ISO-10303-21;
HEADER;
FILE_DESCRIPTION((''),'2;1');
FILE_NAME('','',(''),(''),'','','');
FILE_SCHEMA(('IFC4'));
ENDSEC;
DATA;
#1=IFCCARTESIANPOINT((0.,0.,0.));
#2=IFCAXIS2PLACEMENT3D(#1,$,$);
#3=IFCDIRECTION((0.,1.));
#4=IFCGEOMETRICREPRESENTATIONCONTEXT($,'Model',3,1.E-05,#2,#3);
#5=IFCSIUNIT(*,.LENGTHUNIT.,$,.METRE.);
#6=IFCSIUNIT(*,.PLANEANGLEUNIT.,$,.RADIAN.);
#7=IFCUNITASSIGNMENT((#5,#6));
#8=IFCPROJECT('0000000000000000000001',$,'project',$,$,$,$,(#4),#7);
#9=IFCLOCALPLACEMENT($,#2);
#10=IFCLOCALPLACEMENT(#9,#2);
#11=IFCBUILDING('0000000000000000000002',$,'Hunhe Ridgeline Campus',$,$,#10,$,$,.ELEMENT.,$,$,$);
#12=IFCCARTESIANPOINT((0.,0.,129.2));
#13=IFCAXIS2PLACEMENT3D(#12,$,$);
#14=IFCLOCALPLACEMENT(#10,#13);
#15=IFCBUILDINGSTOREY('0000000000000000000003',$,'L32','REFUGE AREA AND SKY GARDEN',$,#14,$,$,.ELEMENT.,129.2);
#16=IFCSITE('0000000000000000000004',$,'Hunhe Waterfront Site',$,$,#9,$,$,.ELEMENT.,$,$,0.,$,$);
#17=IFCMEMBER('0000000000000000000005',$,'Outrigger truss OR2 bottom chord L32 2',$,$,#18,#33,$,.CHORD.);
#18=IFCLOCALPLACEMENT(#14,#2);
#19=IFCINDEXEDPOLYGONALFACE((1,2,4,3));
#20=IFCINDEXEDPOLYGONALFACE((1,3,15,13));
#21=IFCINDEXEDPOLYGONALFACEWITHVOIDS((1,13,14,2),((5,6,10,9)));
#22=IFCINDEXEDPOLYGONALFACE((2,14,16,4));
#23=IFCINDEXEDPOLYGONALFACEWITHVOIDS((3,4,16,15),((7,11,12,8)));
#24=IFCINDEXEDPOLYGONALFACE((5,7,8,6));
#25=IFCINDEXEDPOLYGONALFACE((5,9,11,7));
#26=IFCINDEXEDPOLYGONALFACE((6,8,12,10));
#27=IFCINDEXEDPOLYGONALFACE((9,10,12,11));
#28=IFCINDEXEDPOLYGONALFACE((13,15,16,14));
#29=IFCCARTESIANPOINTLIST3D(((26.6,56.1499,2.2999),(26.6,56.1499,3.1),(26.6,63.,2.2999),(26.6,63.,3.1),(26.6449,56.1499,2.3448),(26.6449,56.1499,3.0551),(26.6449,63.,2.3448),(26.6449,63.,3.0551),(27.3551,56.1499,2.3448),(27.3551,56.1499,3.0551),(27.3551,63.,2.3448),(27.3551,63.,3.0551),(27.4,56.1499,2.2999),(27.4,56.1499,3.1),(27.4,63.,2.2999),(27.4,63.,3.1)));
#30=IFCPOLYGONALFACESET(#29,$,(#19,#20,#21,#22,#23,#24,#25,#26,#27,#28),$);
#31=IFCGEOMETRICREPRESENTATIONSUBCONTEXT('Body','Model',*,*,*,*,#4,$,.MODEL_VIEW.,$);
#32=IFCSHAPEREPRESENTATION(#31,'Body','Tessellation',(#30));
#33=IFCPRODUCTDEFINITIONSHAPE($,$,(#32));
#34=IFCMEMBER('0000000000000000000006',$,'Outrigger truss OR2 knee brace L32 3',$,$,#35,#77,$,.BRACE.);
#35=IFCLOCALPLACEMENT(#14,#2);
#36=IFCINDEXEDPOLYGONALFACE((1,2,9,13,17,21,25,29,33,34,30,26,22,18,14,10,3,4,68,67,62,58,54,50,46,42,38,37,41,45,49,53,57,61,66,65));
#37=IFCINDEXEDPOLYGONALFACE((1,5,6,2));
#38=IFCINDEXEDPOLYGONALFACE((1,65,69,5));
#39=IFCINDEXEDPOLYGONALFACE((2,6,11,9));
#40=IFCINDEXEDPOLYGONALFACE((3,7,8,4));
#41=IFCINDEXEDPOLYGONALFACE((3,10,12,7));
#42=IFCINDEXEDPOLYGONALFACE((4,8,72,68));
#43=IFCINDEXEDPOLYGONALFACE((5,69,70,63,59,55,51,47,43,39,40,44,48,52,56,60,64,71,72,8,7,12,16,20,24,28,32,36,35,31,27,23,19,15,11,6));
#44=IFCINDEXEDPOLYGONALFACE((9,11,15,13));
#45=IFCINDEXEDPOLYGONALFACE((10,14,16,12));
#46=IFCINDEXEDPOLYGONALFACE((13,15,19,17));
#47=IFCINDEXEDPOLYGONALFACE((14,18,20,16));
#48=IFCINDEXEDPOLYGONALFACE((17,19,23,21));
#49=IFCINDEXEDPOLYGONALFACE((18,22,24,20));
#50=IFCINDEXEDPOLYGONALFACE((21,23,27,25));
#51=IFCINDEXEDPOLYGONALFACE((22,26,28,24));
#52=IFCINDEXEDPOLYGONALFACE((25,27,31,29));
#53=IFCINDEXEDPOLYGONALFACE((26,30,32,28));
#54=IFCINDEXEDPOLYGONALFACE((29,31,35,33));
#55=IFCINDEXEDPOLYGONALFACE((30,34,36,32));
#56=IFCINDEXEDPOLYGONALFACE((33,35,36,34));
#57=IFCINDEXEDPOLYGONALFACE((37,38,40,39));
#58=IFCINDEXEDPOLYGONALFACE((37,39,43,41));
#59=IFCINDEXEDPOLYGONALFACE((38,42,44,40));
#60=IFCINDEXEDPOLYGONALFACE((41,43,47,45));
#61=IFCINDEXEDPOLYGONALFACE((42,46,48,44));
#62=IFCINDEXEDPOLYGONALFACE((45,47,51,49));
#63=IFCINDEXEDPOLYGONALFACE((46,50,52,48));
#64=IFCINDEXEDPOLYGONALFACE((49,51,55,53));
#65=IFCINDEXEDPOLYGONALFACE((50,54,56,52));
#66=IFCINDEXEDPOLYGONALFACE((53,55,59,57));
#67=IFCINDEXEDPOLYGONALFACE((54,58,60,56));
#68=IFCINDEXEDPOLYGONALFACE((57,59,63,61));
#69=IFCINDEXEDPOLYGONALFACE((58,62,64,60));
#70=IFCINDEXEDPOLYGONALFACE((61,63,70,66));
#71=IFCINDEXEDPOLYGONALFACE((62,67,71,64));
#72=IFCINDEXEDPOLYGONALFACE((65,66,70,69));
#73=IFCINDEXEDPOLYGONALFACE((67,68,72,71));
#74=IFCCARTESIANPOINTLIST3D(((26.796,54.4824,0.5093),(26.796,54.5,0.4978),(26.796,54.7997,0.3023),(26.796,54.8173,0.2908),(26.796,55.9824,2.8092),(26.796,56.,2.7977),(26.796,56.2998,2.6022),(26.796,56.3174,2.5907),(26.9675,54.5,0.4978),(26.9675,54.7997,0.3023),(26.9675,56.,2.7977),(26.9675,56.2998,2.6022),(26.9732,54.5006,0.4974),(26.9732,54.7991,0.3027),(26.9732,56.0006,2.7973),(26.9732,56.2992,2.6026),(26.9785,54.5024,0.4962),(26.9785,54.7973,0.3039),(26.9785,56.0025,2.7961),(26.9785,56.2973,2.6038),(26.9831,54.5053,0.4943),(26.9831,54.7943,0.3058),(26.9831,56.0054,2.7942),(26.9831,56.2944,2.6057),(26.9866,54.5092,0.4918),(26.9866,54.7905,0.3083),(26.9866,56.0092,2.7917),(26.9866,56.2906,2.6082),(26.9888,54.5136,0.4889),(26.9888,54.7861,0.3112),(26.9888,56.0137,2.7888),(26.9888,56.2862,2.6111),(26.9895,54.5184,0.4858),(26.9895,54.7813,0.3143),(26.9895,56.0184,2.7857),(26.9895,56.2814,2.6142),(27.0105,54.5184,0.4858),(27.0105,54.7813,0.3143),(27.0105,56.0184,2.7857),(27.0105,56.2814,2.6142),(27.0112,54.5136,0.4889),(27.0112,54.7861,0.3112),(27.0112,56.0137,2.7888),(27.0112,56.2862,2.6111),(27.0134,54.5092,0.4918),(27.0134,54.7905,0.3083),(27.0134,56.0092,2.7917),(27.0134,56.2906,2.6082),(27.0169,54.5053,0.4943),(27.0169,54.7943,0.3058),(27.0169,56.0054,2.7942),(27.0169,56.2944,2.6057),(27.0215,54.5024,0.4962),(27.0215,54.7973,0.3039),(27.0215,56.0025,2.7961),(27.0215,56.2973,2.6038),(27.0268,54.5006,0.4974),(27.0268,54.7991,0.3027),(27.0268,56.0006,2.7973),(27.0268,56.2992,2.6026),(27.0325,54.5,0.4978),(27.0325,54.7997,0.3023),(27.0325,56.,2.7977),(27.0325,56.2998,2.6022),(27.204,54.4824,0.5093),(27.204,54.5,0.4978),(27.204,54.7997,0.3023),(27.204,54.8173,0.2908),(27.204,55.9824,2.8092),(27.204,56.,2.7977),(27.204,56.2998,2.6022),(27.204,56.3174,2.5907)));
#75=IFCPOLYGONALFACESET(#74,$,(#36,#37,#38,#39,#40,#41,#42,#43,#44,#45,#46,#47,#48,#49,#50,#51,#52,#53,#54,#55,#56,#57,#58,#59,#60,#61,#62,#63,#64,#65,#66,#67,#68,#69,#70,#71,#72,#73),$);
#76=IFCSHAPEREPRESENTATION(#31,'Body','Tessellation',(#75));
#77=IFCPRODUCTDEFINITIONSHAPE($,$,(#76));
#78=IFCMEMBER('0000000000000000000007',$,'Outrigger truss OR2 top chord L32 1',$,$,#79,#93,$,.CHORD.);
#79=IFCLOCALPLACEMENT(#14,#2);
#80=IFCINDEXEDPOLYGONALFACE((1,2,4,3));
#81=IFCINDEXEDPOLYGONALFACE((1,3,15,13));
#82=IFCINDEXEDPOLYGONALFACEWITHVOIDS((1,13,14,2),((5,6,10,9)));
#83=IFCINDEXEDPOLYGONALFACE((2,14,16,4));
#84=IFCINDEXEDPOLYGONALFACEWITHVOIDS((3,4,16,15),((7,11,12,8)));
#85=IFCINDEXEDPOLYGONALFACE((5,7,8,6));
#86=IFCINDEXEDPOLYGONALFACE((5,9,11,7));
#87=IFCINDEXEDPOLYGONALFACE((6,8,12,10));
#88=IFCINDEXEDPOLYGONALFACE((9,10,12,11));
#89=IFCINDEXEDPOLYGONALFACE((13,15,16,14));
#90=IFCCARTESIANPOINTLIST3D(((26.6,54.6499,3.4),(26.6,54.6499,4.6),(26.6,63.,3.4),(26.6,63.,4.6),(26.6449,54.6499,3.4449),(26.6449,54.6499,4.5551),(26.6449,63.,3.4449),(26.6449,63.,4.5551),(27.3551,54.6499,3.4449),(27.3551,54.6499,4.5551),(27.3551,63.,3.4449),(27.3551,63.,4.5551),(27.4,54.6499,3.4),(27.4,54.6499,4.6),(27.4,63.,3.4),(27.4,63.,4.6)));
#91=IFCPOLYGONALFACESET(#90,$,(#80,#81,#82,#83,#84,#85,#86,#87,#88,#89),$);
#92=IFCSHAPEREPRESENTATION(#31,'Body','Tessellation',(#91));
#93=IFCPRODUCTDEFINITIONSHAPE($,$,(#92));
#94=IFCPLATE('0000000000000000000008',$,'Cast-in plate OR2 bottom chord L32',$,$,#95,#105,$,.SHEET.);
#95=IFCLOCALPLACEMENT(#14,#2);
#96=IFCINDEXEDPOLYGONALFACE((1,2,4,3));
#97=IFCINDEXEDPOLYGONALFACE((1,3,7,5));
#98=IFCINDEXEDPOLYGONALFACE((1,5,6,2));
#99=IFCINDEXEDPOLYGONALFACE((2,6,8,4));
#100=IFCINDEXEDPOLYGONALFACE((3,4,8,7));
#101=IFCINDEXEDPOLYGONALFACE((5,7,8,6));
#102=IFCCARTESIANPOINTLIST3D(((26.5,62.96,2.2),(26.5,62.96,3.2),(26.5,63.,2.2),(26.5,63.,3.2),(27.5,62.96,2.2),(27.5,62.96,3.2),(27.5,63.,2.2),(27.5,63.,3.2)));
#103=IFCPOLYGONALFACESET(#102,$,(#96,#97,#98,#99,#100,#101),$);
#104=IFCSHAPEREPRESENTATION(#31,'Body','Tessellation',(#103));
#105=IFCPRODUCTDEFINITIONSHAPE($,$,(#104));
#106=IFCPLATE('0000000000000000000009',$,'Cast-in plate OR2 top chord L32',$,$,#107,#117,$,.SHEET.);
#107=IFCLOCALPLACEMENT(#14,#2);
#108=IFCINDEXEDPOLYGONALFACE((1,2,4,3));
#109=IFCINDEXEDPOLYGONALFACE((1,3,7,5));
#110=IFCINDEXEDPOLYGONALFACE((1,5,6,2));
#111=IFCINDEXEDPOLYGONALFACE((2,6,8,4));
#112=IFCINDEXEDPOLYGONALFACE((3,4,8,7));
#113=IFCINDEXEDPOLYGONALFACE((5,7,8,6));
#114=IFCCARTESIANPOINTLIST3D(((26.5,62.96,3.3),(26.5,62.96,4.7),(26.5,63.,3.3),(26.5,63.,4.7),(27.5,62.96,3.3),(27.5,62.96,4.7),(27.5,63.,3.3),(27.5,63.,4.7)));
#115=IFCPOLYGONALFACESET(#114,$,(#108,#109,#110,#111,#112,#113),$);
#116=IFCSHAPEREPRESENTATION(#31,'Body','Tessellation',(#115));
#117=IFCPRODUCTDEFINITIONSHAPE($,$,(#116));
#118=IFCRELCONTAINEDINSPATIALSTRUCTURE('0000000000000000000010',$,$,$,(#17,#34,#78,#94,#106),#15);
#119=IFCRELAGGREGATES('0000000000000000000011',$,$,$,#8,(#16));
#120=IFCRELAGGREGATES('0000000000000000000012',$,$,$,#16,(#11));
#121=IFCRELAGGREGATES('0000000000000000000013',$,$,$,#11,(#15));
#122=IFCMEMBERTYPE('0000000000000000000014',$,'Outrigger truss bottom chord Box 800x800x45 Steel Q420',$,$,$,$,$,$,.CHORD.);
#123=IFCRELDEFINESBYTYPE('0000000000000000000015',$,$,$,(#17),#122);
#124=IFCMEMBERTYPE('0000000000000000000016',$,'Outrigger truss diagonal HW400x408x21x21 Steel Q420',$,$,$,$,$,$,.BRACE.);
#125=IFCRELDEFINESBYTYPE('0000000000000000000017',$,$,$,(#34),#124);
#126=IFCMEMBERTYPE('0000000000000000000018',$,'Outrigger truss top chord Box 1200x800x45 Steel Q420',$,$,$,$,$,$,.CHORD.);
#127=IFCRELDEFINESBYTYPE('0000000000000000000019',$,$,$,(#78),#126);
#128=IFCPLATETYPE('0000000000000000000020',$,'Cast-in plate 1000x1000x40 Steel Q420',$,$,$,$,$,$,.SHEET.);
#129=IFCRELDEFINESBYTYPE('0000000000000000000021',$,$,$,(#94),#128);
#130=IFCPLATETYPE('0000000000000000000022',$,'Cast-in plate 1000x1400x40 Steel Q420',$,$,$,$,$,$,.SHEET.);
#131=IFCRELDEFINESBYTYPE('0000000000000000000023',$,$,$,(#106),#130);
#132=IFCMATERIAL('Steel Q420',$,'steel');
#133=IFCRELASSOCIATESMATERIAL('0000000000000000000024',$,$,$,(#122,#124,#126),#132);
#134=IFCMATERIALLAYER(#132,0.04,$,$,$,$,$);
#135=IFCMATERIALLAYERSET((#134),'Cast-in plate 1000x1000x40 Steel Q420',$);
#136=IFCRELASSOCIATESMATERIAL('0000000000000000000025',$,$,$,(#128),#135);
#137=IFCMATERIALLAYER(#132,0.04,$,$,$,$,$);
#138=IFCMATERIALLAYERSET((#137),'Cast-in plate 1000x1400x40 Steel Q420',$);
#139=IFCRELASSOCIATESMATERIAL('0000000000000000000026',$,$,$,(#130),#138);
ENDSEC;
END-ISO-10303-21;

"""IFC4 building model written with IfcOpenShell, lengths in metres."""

from ifc_helpers import new_model, si_unit, direction, frame, origin, origin_2d, place, context, subcontext, project, spatial, rectangle, hollow_rectangle, i_section, extrude, material, layer, layer_set, material_profile, profile_set, type_object, element, save


model = new_model("IFC4")

# Units and contexts
model_context = context("Model", 3, precision=1e-05, world=origin(), true_north=direction((0.0, 1.0)))
body_context = subcontext(model_context, "Body", "Model", "MODEL_VIEW")
ifc_project = project(units=[si_unit("LENGTHUNIT", "METRE"), si_unit("PLANEANGLEUNIT", "RADIAN")], contexts=[model_context])

# Site, building, storey
site_placement = place(None, origin())
site = spatial("IfcSite", under=ifc_project, at=site_placement, Name="Hunhe Waterfront Site", CompositionType="ELEMENT", RefElevation=0.0)
building_placement = place(site_placement, origin())
building = spatial("IfcBuilding", under=site, at=building_placement, Name="Hunhe Ridgeline Campus", CompositionType="ELEMENT")
storey_placement = place(building_placement, frame((0.0, 0.0, 129.2)))
storey = spatial("IfcBuildingStorey", under=building, at=storey_placement, Name="L32", Description="REFUGE AREA AND SKY GARDEN", CompositionType="ELEMENT", Elevation=129.2)

# Members
ifc_material_1 = material(Name="Steel Q420", Category="steel")
ifc_material_profile_1 = material_profile(ifc_material_1, hollow_rectangle(XDim=0.8, YDim=0.8, WallThickness=0.0449, at=origin_2d()))
ifc_profile_set_1 = profile_set([ifc_material_profile_1], Name="Steel Q420")
member_type_1 = type_object("IfcMemberType", Name="Outrigger truss bottom chord Box 800x800x45 Steel Q420", PredefinedType="CHORD", material=ifc_profile_set_1)
member_1_placement = place(storey_placement, frame((27.0, 63.0, 2.7), z_axis=(0.0, -1.0, 0.0), x_axis=(1.0, 0.0, 0.0)))
element("IfcMember", 1, at=member_1_placement, inside=storey, type_object=member_type_1, Name="Outrigger truss OR2 bottom chord L32 2", PredefinedType="CHORD", context=body_context, shape_type="SweptSolid", body=[
    extrude(hollow_rectangle(XDim=0.8, YDim=0.8, WallThickness=0.0449, at=origin_2d()), origin(), (0.0, 0.0, 1.0), 6.8501),
])
ifc_material_profile_2 = material_profile(ifc_material_1, i_section(OverallWidth=0.408, OverallDepth=0.3999, WebThickness=0.021, FlangeThickness=0.021, FilletRadius=0.022, at=origin_2d()))
ifc_profile_set_2 = profile_set([ifc_material_profile_2], Name="Steel Q420")
member_type_2 = type_object("IfcMemberType", Name="Outrigger truss diagonal HW400x408x21x21 Steel Q420", PredefinedType="BRACE", material=ifc_profile_set_2)
member_2_placement = place(storey_placement, frame((27.0, 56.1499, 2.7), z_axis=(0.0, -0.5463, -0.837589), x_axis=(1.0, 0.0, 0.0)))
element("IfcMember", 2, at=member_2_placement, inside=storey, type_object=member_type_2, Name="Outrigger truss OR2 knee brace L32 3", PredefinedType="BRACE", context=body_context, shape_type="SweptSolid", body=[
    extrude(i_section(OverallWidth=0.408, OverallDepth=0.3999, WebThickness=0.021, FlangeThickness=0.021, FilletRadius=0.022, at=origin_2d()), origin(), (0.0, 0.0, 1.0), 2.7458),
])
ifc_material_profile_3 = material_profile(ifc_material_1, hollow_rectangle(XDim=0.8, YDim=1.2, WallThickness=0.0449, at=origin_2d()))
ifc_profile_set_3 = profile_set([ifc_material_profile_3], Name="Steel Q420")
member_type_3 = type_object("IfcMemberType", Name="Outrigger truss top chord Box 1200x800x45 Steel Q420", PredefinedType="CHORD", material=ifc_profile_set_3)
member_3_placement = place(storey_placement, frame((27.0, 63.0, 4.0), z_axis=(0.0, -1.0, 0.0), x_axis=(1.0, 0.0, 0.0)))
element("IfcMember", 3, at=member_3_placement, inside=storey, type_object=member_type_3, Name="Outrigger truss OR2 top chord L32 1", PredefinedType="CHORD", context=body_context, shape_type="SweptSolid", body=[
    extrude(hollow_rectangle(XDim=0.8, YDim=1.2, WallThickness=0.0449, at=origin_2d()), origin(), (0.0, 0.0, 1.0), 8.3501),
])

# Plates
ifc_layer_1 = layer(ifc_material_1, 0.04)
ifc_layer_set_1 = layer_set([ifc_layer_1], Name="Cast-in plate 1000x1000x40 Steel Q420")
plate_type_1 = type_object("IfcPlateType", Name="Cast-in plate 1000x1000x40 Steel Q420", PredefinedType="SHEET", material=ifc_layer_set_1)
plate_1_placement = place(storey_placement, frame((27.0, 62.98, 2.2), z_axis=(0.0, 0.0, 1.0), x_axis=(0.0, -1.0, 0.0)))
element("IfcPlate", 4, at=plate_1_placement, inside=storey, type_object=plate_type_1, Name="Cast-in plate OR2 bottom chord L32", PredefinedType="SHEET", context=body_context, shape_type="SweptSolid", body=[
    extrude(rectangle(XDim=0.04, YDim=1.0, at=origin_2d()), origin(), (0.0, 0.0, 1.0), 1.0),
])
ifc_layer_2 = layer(ifc_material_1, 0.04)
ifc_layer_set_2 = layer_set([ifc_layer_2], Name="Cast-in plate 1000x1400x40 Steel Q420")
plate_type_2 = type_object("IfcPlateType", Name="Cast-in plate 1000x1400x40 Steel Q420", PredefinedType="SHEET", material=ifc_layer_set_2)
plate_2_placement = place(storey_placement, frame((27.0, 62.98, 3.3), z_axis=(0.0, 0.0, 1.0), x_axis=(0.0, -1.0, 0.0)))
element("IfcPlate", 5, at=plate_2_placement, inside=storey, type_object=plate_type_2, Name="Cast-in plate OR2 top chord L32", PredefinedType="SHEET", context=body_context, shape_type="SweptSolid", body=[
    extrude(rectangle(XDim=0.04, YDim=1.0, at=origin_2d()), origin(), (0.0, 0.0, 1.0), 1.3999),
])

save(model, "model.ifc")
